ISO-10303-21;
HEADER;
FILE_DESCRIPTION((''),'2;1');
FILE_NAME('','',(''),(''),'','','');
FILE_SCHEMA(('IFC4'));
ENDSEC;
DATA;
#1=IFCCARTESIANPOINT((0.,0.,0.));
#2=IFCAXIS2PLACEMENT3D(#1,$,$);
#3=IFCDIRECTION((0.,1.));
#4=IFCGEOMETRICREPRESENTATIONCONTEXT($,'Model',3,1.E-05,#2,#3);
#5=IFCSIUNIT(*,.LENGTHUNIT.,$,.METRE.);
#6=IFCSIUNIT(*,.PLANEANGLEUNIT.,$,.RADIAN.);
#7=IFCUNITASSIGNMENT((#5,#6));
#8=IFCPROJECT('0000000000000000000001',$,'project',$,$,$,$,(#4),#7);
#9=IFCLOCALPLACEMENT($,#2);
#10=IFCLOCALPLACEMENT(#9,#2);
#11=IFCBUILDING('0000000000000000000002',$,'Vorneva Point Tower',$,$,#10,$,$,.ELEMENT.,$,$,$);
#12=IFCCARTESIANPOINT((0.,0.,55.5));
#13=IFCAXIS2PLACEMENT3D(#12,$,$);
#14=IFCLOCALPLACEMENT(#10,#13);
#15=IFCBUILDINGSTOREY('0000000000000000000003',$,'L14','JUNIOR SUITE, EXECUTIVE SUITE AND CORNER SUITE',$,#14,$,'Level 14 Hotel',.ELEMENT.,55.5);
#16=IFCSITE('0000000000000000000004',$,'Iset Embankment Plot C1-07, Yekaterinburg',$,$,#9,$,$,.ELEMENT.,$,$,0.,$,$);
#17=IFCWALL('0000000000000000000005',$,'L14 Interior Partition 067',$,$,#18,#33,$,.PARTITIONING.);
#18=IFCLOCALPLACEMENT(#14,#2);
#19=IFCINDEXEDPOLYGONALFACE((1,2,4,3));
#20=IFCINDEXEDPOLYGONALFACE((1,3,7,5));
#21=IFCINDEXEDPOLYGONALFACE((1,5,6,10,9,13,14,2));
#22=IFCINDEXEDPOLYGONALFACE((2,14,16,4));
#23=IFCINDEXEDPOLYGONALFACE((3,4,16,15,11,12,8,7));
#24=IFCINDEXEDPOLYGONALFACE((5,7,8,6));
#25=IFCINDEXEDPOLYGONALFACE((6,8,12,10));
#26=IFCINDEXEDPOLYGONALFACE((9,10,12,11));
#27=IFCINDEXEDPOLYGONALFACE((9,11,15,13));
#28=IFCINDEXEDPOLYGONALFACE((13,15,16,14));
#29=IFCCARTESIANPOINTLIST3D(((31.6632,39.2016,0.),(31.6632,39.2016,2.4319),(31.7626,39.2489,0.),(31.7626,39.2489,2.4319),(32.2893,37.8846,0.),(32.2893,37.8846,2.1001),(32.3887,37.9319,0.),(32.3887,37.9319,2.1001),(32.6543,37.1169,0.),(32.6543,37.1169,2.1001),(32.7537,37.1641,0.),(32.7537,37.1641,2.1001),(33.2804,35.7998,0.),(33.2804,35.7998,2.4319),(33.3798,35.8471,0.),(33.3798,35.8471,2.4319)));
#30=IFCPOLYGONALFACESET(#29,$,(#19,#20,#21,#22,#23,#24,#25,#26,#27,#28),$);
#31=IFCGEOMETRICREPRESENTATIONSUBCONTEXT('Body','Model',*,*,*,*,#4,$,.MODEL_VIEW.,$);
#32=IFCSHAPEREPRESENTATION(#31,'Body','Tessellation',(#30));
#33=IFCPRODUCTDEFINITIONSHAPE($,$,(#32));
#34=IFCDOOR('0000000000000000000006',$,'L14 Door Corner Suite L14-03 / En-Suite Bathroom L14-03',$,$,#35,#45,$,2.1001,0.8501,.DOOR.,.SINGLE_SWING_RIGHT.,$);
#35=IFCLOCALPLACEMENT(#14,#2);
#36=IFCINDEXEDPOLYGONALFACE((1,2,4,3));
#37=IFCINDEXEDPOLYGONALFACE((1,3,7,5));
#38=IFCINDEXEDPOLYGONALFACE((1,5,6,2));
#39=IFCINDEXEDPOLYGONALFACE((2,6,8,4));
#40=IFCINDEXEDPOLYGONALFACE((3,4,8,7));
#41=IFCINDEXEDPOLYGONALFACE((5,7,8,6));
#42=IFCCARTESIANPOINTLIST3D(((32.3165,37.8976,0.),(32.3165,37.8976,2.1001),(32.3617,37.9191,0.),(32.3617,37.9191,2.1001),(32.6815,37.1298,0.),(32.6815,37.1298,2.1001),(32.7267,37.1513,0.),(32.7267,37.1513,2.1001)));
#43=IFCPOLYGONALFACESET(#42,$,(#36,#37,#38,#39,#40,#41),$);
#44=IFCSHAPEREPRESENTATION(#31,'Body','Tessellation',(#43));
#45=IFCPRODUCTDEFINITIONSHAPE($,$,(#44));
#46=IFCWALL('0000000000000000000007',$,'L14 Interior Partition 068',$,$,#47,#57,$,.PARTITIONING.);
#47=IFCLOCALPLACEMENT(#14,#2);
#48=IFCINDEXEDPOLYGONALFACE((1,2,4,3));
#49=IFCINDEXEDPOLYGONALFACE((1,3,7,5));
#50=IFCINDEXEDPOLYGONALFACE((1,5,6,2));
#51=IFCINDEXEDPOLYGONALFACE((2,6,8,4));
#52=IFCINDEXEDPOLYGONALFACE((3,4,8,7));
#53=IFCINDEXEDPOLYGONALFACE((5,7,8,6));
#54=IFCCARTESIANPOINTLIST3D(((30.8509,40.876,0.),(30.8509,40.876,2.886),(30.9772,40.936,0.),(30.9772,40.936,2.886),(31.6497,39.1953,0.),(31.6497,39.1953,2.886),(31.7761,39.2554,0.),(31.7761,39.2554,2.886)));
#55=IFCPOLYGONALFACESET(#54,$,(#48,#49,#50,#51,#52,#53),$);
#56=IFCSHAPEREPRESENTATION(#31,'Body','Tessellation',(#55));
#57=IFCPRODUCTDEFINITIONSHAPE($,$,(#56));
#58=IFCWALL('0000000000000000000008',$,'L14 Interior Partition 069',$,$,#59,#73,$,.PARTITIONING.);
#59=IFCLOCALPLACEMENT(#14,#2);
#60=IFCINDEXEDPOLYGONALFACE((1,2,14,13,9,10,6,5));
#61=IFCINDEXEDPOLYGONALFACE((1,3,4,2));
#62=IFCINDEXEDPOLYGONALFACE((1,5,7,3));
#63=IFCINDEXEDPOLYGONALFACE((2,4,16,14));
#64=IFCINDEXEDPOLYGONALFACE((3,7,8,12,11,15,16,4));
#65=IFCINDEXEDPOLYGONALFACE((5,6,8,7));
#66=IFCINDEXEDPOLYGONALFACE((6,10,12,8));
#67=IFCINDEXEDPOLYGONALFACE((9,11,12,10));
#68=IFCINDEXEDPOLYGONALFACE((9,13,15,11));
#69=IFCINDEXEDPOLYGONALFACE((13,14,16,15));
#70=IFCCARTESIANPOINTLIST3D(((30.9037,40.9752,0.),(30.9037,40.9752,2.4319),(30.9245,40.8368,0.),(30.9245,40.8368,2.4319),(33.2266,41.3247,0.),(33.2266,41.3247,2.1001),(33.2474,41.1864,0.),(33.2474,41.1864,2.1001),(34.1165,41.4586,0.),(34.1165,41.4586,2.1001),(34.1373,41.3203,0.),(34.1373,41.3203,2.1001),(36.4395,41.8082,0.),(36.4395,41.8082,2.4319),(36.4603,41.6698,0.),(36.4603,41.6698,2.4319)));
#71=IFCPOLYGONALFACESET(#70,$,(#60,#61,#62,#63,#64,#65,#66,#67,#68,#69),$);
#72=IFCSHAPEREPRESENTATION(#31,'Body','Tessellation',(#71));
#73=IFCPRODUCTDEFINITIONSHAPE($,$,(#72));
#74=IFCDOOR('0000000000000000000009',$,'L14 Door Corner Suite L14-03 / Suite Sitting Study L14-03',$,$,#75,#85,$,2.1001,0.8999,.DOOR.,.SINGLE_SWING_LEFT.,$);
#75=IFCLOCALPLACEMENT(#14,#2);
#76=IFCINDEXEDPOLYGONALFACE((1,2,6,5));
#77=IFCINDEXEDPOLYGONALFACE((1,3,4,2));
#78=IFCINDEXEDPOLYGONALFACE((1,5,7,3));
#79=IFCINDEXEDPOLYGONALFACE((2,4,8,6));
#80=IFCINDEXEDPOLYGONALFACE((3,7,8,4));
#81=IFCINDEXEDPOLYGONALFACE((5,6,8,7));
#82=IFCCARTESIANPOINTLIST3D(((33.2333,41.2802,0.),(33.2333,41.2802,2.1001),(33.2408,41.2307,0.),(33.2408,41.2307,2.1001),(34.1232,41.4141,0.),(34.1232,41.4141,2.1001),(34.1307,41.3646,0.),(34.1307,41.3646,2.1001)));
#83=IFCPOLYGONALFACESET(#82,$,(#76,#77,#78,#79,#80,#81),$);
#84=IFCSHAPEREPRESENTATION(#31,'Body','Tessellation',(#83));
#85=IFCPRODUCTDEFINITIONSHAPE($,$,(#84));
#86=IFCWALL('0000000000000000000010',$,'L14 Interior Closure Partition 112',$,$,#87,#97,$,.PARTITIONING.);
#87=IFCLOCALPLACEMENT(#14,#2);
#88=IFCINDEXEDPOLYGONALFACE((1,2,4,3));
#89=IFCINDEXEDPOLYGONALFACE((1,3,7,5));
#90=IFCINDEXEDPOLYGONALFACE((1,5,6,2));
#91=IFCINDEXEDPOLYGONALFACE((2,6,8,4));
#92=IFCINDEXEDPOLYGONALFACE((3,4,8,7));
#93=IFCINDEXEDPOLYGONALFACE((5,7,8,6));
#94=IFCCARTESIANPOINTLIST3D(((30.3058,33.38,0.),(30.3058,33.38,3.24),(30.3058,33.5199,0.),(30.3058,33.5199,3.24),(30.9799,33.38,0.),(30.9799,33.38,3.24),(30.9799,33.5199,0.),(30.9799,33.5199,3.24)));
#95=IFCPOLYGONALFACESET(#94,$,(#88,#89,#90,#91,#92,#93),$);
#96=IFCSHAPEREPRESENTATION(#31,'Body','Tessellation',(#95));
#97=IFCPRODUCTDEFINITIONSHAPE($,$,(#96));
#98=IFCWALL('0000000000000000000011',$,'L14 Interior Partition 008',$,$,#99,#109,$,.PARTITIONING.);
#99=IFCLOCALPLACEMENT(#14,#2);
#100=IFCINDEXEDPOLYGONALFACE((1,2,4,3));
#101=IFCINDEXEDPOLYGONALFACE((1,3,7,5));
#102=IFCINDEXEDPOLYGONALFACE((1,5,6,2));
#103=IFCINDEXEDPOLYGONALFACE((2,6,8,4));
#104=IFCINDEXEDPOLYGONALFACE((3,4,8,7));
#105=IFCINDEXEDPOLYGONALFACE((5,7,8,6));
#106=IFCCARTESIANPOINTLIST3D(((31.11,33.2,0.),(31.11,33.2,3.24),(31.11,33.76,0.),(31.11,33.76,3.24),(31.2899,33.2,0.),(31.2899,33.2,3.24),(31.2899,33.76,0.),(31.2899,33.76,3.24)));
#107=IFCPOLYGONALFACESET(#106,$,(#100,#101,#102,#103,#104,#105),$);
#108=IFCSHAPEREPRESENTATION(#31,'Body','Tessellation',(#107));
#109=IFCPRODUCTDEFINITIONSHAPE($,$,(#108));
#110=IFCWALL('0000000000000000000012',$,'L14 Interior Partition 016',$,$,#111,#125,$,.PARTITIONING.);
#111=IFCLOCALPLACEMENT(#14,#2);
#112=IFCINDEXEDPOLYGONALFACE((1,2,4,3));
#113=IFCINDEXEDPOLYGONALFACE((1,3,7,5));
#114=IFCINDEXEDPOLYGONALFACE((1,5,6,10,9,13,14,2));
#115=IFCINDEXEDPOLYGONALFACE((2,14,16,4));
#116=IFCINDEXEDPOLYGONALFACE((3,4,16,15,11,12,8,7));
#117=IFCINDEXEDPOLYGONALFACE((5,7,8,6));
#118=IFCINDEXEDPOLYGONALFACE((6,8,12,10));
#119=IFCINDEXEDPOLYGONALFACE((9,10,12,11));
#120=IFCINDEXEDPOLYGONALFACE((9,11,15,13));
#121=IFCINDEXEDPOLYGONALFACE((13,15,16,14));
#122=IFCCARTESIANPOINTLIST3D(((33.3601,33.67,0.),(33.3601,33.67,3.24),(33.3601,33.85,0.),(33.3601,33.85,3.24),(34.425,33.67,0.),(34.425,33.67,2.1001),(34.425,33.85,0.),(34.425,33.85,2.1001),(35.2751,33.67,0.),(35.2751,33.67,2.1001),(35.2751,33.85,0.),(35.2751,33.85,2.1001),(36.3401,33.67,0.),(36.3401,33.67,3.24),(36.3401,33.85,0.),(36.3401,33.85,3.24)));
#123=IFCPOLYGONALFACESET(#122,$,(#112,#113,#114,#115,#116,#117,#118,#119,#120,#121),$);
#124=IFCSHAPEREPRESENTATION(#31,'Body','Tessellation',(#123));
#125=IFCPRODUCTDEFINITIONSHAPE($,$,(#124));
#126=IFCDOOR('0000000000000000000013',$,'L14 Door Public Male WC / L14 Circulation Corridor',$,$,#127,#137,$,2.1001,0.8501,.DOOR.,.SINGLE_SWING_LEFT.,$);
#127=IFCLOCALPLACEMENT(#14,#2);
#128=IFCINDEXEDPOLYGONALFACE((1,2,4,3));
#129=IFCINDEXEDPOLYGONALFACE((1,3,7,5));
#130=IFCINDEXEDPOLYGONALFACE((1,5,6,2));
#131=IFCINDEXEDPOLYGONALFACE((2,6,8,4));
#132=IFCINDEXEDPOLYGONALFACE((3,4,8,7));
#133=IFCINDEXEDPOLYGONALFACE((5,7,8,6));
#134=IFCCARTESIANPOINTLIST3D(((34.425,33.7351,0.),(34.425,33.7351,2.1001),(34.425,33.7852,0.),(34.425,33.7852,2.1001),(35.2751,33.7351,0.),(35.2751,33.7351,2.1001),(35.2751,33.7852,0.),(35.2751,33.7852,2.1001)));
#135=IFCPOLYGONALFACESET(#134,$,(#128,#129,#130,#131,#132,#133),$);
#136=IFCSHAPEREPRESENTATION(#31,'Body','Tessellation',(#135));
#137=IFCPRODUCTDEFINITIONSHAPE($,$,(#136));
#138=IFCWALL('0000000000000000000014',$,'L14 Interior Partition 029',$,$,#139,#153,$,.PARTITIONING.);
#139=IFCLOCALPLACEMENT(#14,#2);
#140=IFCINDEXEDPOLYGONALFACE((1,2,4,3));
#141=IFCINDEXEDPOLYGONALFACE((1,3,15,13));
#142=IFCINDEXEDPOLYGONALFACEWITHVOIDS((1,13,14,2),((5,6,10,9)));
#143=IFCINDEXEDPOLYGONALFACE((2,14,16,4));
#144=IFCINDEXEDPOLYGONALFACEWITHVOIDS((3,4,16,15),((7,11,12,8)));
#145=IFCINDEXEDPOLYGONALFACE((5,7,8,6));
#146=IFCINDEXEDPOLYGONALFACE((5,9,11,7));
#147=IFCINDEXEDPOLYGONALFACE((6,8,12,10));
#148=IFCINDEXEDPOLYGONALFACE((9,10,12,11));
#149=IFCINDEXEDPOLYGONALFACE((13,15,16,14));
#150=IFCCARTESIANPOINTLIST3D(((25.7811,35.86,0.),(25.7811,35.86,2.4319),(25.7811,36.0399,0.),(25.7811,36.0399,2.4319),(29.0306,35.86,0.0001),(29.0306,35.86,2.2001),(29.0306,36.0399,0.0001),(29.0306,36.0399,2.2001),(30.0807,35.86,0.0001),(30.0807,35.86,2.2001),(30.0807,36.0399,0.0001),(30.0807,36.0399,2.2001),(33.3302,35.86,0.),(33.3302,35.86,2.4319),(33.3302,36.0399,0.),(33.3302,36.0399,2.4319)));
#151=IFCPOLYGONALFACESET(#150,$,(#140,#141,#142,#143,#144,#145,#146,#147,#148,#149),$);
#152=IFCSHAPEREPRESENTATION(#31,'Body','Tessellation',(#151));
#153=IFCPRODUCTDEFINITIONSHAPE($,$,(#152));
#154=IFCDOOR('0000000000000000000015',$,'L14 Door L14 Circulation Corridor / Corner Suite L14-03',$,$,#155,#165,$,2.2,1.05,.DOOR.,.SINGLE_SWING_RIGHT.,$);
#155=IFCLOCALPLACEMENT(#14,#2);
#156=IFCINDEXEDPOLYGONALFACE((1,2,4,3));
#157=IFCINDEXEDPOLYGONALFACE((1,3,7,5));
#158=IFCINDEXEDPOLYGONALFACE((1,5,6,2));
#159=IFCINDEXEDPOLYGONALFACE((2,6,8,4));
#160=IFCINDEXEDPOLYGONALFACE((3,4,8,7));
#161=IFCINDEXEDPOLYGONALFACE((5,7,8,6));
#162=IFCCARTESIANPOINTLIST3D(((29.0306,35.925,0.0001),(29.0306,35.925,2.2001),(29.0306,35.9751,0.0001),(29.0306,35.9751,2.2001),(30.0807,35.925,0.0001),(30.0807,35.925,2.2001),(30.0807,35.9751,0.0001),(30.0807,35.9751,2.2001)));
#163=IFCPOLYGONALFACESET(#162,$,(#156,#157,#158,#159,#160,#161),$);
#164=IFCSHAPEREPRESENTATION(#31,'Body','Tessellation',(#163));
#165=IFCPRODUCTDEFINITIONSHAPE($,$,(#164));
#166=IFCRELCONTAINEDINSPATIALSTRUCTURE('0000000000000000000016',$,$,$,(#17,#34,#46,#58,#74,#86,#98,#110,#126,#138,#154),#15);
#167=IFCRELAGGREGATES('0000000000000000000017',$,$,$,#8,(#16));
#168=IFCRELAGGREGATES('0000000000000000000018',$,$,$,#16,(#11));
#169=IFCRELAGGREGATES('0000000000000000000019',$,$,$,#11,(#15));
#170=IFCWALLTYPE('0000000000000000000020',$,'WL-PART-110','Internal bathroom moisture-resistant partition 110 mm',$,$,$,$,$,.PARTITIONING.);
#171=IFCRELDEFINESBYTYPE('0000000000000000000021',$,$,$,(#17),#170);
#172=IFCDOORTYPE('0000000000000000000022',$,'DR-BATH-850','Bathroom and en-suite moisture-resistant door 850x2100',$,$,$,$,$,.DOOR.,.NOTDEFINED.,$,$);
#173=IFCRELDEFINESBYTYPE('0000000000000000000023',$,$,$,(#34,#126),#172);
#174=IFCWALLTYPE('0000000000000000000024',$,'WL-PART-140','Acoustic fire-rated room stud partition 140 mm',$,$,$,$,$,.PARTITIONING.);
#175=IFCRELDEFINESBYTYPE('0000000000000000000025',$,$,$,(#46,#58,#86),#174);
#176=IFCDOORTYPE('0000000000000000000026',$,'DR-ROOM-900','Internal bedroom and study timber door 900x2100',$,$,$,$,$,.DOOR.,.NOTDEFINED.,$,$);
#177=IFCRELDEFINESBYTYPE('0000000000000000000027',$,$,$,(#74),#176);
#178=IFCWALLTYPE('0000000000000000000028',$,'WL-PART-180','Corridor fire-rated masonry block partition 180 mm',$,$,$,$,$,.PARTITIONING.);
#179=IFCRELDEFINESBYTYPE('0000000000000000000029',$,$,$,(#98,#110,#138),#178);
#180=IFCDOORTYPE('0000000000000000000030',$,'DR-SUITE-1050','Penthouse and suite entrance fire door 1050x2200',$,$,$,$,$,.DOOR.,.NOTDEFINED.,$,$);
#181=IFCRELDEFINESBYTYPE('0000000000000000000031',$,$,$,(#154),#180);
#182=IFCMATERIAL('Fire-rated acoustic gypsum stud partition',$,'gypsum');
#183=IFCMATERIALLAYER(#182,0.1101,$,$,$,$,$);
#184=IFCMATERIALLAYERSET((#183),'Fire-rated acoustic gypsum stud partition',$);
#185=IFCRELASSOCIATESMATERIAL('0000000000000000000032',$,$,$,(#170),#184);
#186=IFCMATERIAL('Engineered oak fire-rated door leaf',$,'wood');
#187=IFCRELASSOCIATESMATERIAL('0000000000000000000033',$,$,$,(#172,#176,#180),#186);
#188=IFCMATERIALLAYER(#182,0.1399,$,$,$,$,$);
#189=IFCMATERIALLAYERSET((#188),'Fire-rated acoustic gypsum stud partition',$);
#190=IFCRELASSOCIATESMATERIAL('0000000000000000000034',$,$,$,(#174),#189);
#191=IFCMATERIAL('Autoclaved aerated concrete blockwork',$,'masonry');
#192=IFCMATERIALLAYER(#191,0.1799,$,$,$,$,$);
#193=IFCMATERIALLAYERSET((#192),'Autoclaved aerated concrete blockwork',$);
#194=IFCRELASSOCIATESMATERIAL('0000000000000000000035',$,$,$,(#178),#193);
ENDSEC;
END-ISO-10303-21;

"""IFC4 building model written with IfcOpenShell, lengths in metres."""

from ifc_helpers import new_model, si_unit, direction, frame, frame_2d, origin, place, context, subcontext, project, spatial, rectangle, extrude, material, layer, layer_set, type_object, element, fill, save


model = new_model("IFC4")

# Units and contexts
model_context = context("Model", 3, precision=1e-05, world=origin(), true_north=direction((0.0, 1.0)))
body_context = subcontext(model_context, "Body", "Model", "MODEL_VIEW")
ifc_project = project(units=[si_unit("LENGTHUNIT", "METRE"), si_unit("PLANEANGLEUNIT", "RADIAN")], contexts=[model_context])

# Site, building, storey
site_placement = place(None, origin())
site = spatial("IfcSite", under=ifc_project, at=site_placement, Name="Iset Embankment Plot C1-07, Yekaterinburg", CompositionType="ELEMENT", RefElevation=0.0)
building_placement = place(site_placement, origin())
building = spatial("IfcBuilding", under=site, at=building_placement, Name="Vorneva Point Tower", CompositionType="ELEMENT")
storey_placement = place(building_placement, frame((0.0, 0.0, 55.5)))
storey = spatial("IfcBuildingStorey", under=building, at=storey_placement, Name="L14", Description="JUNIOR SUITE, EXECUTIVE SUITE AND CORNER SUITE", LongName="Level 14 Hotel", CompositionType="ELEMENT", Elevation=55.5)

# Wall, opening, door
ifc_material_1 = material(Name="Fire-rated acoustic gypsum stud partition", Category="gypsum")
ifc_layer_1 = layer(ifc_material_1, 0.1101)
ifc_layer_set_1 = layer_set([ifc_layer_1], Name="Fire-rated acoustic gypsum stud partition")
wall_type_1 = type_object("IfcWallType", Name="WL-PART-110", Description="Internal bathroom moisture-resistant partition 110 mm", PredefinedType="PARTITIONING", material=ifc_layer_set_1)
wall_1_placement = place(storey_placement, frame((33.3301, 35.8235, 0.0), z_axis=(0.0, 0.0, 1.0), x_axis=(-0.42934, 0.903143, 0.0)))
wall_1 = element("IfcWall", 1, at=wall_1_placement, inside=storey, type_object=wall_type_1, Name="L14 Interior Partition 067", PredefinedType="PARTITIONING", context=body_context, shape_type="SweptSolid", body=[
    extrude(rectangle(XDim=3.7666, YDim=0.1101, at=frame_2d((1.8833, 0.0))), origin(), (0.0, 0.0, 1.0), 2.4319),
])
opening_1_placement = place(wall_1_placement, frame((1.4583, 0.0, 0.0)))
opening_1 = element("IfcOpeningElement", 2, at=opening_1_placement, cuts=wall_1, PredefinedType="OPENING", context=body_context, shape_type="SweptSolid", body=[
    extrude(rectangle(XDim=0.8501, YDim=2.1001, at=frame_2d((0.425, 1.05))), frame((0.0, 0.0698, 0.0), z_axis=(0.0, -1.0, 0.0), x_axis=(1.0, 0.0, 0.0)), (0.0, 0.0, 1.0), 0.1399),
])
ifc_material_2 = material(Name="Engineered oak fire-rated door leaf", Category="wood")
door_type_1 = type_object("IfcDoorType", Name="DR-BATH-850", Description="Bathroom and en-suite moisture-resistant door 850x2100", OperationType="NOTDEFINED", PredefinedType="DOOR", material=ifc_material_2)
door_1_placement = place(opening_1_placement, origin())
door_1 = element("IfcDoor", 3, at=door_1_placement, inside=storey, type_object=door_type_1, Name="L14 Door Corner Suite L14-03 / En-Suite Bathroom L14-03", OperationType="SINGLE_SWING_RIGHT", OverallHeight=2.1001, OverallWidth=0.8501, PredefinedType="DOOR", context=body_context, shape_type="SweptSolid", body=[
    extrude(rectangle(XDim=0.8501, YDim=2.1001, at=frame_2d((0.425, 1.05))), frame((0.0, 0.0249, 0.0), z_axis=(0.0, -1.0, 0.0), x_axis=(1.0, 0.0, 0.0)), (0.0, 0.0, 1.0), 0.05),
])
fill(opening_1, door_1)

# Wall
ifc_layer_2 = layer(ifc_material_1, 0.1399)
ifc_layer_set_2 = layer_set([ifc_layer_2], Name="Fire-rated acoustic gypsum stud partition")
wall_type_2 = type_object("IfcWallType", Name="WL-PART-140", Description="Acoustic fire-rated room stud partition 140 mm", PredefinedType="PARTITIONING", material=ifc_layer_set_2)
wall_2_placement = place(storey_placement, frame((31.7129, 39.2253, 0.0), z_axis=(0.0, 0.0, 1.0), x_axis=(-0.429282, 0.903171, 0.0)))
element("IfcWall", 4, at=wall_2_placement, inside=storey, type_object=wall_type_2, Name="L14 Interior Partition 068", PredefinedType="PARTITIONING", context=body_context, shape_type="SweptSolid", body=[
    extrude(rectangle(XDim=1.8608, YDim=0.1399, at=frame_2d((0.9304, 0.0))), origin(), (0.0, 0.0, 1.0), 2.886),
])

# Wall, opening, door
wall_3_placement = place(storey_placement, frame((30.9141, 40.906, 0.0), z_axis=(0.0, 0.0, 1.0), x_axis=(0.988867, 0.148799, 0.0)))
wall_3 = element("IfcWall", 5, at=wall_3_placement, inside=storey, type_object=wall_type_2, Name="L14 Interior Partition 069", PredefinedType="PARTITIONING", context=body_context, shape_type="SweptSolid", body=[
    extrude(rectangle(XDim=5.5981, YDim=0.1399, at=frame_2d((2.7991, 0.0))), origin(), (0.0, 0.0, 1.0), 2.4319),
])
opening_2_placement = place(wall_3_placement, frame((2.3491, 0.0, 0.0)))
opening_2 = element("IfcOpeningElement", 6, at=opening_2_placement, cuts=wall_3, PredefinedType="OPENING", context=body_context, shape_type="SweptSolid", body=[
    extrude(rectangle(XDim=0.8999, YDim=2.1001, at=frame_2d((0.45, 1.05))), frame((0.0, 0.085, 0.0), z_axis=(0.0, -1.0, 0.0), x_axis=(1.0, 0.0, 0.0)), (0.0, 0.0, 1.0), 0.1697),
])
door_type_2 = type_object("IfcDoorType", Name="DR-ROOM-900", Description="Internal bedroom and study timber door 900x2100", OperationType="NOTDEFINED", PredefinedType="DOOR", material=ifc_material_2)
door_2_placement = place(opening_2_placement, origin())
door_2 = element("IfcDoor", 7, at=door_2_placement, inside=storey, type_object=door_type_2, Name="L14 Door Corner Suite L14-03 / Suite Sitting Study L14-03", OperationType="SINGLE_SWING_LEFT", OverallHeight=2.1001, OverallWidth=0.8999, PredefinedType="DOOR", context=body_context, shape_type="SweptSolid", body=[
    extrude(rectangle(XDim=0.8999, YDim=2.1001, at=frame_2d((0.45, 1.05))), frame((0.0, 0.0249, 0.0), z_axis=(0.0, -1.0, 0.0), x_axis=(1.0, 0.0, 0.0)), (0.0, 0.0, 1.0), 0.05),
])
fill(opening_2, door_2)

# Wall
wall_4_placement = place(storey_placement, frame((30.3059, 33.45, 0.0), z_axis=(0.0, 0.0, 1.0), x_axis=(1.0, 0.0, 0.0)))
element("IfcWall", 8, at=wall_4_placement, inside=storey, type_object=wall_type_2, Name="L14 Interior Closure Partition 112", PredefinedType="PARTITIONING", context=body_context, shape_type="SweptSolid", body=[
    extrude(rectangle(XDim=0.6741, YDim=0.1399, at=frame_2d((0.3369, 0.0))), origin(), (0.0, 0.0, 1.0), 3.24),
])

# Shared definitions
ifc_material_3 = material(Name="Autoclaved aerated concrete blockwork", Category="masonry")
ifc_layer_3 = layer(ifc_material_3, 0.1799)
ifc_layer_set_3 = layer_set([ifc_layer_3], Name="Autoclaved aerated concrete blockwork")
wall_type_3 = type_object("IfcWallType", Name="WL-PART-180", Description="Corridor fire-rated masonry block partition 180 mm", PredefinedType="PARTITIONING", material=ifc_layer_set_3)

# Wall
wall_5_placement = place(storey_placement, frame((31.2, 33.76, 0.0), z_axis=(0.0, 0.0, 1.0), x_axis=(0.0, -1.0, 0.0)))
element("IfcWall", 9, at=wall_5_placement, inside=storey, type_object=wall_type_3, Name="L14 Interior Partition 008", PredefinedType="PARTITIONING", context=body_context, shape_type="SweptSolid", body=[
    extrude(rectangle(XDim=0.5601, YDim=0.1799, at=frame_2d((0.28, 0.0))), origin(), (0.0, 0.0, 1.0), 3.24),
])

# Walls, openings, doors
wall_6_placement = place(storey_placement, frame((36.3401, 33.76, 0.0), z_axis=(0.0, 0.0, 1.0), x_axis=(-1.0, 0.0, 0.0)))
wall_6 = element("IfcWall", 10, at=wall_6_placement, inside=storey, type_object=wall_type_3, Name="L14 Interior Partition 016", PredefinedType="PARTITIONING", context=body_context, shape_type="SweptSolid", body=[
    extrude(rectangle(XDim=2.98, YDim=0.1799, at=frame_2d((1.49, 0.0))), origin(), (0.0, 0.0, 1.0), 3.24),
])
opening_3_placement = place(wall_6_placement, frame((1.0649, 0.0, 0.0)))
opening_3 = element("IfcOpeningElement", 11, at=opening_3_placement, cuts=wall_6, PredefinedType="OPENING", context=body_context, shape_type="SweptSolid", body=[
    extrude(rectangle(XDim=0.8501, YDim=2.1001, at=frame_2d((0.425, 1.05))), frame((0.0, 0.105, 0.0), z_axis=(0.0, -1.0, 0.0), x_axis=(1.0, 0.0, 0.0)), (0.0, 0.0, 1.0), 0.2097),
])
door_3_placement = place(opening_3_placement, origin())
door_3 = element("IfcDoor", 12, at=door_3_placement, inside=storey, type_object=door_type_1, Name="L14 Door Public Male WC / L14 Circulation Corridor", OperationType="SINGLE_SWING_LEFT", OverallHeight=2.1001, OverallWidth=0.8501, PredefinedType="DOOR", context=body_context, shape_type="SweptSolid", body=[
    extrude(rectangle(XDim=0.8501, YDim=2.1001, at=frame_2d((0.425, 1.05))), frame((0.0, 0.0249, 0.0), z_axis=(0.0, -1.0, 0.0), x_axis=(1.0, 0.0, 0.0)), (0.0, 0.0, 1.0), 0.05),
])
fill(opening_3, door_3)
wall_7_placement = place(storey_placement, frame((33.3301, 35.95, 0.0), z_axis=(0.0, 0.0, 1.0), x_axis=(-1.0, 0.0, 0.0)))
wall_7 = element("IfcWall", 13, at=wall_7_placement, inside=storey, type_object=wall_type_3, Name="L14 Interior Partition 029", PredefinedType="PARTITIONING", context=body_context, shape_type="SweptSolid", body=[
    extrude(rectangle(XDim=7.5491, YDim=0.1799, at=frame_2d((3.7744, 0.0))), origin(), (0.0, 0.0, 1.0), 2.4319),
])
opening_4_placement = place(wall_7_placement, frame((3.2495, 0.0, 0.0)))
opening_4 = element("IfcOpeningElement", 14, at=opening_4_placement, cuts=wall_7, PredefinedType="OPENING", context=body_context, shape_type="SweptSolid", body=[
    extrude(rectangle(XDim=1.05, YDim=2.2, at=frame_2d((0.5249, 1.1001))), frame((0.0, 0.105, 0.0), z_axis=(0.0, -1.0, 0.0), x_axis=(1.0, 0.0, 0.0)), (0.0, 0.0, 1.0), 0.2097),
])
door_type_3 = type_object("IfcDoorType", Name="DR-SUITE-1050", Description="Penthouse and suite entrance fire door 1050x2200", OperationType="NOTDEFINED", PredefinedType="DOOR", material=ifc_material_2)
door_4_placement = place(opening_4_placement, origin())
door_4 = element("IfcDoor", 15, at=door_4_placement, inside=storey, type_object=door_type_3, Name="L14 Door L14 Circulation Corridor / Corner Suite L14-03", OperationType="SINGLE_SWING_RIGHT", OverallHeight=2.2, OverallWidth=1.05, PredefinedType="DOOR", context=body_context, shape_type="SweptSolid", body=[
    extrude(rectangle(XDim=1.05, YDim=2.2, at=frame_2d((0.5249, 1.1001))), frame((0.0, 0.0249, 0.0), z_axis=(0.0, -1.0, 0.0), x_axis=(1.0, 0.0, 0.0)), (0.0, 0.0, 1.0), 0.05),
])
fill(opening_4, door_4)

save(model, "model.ifc")
